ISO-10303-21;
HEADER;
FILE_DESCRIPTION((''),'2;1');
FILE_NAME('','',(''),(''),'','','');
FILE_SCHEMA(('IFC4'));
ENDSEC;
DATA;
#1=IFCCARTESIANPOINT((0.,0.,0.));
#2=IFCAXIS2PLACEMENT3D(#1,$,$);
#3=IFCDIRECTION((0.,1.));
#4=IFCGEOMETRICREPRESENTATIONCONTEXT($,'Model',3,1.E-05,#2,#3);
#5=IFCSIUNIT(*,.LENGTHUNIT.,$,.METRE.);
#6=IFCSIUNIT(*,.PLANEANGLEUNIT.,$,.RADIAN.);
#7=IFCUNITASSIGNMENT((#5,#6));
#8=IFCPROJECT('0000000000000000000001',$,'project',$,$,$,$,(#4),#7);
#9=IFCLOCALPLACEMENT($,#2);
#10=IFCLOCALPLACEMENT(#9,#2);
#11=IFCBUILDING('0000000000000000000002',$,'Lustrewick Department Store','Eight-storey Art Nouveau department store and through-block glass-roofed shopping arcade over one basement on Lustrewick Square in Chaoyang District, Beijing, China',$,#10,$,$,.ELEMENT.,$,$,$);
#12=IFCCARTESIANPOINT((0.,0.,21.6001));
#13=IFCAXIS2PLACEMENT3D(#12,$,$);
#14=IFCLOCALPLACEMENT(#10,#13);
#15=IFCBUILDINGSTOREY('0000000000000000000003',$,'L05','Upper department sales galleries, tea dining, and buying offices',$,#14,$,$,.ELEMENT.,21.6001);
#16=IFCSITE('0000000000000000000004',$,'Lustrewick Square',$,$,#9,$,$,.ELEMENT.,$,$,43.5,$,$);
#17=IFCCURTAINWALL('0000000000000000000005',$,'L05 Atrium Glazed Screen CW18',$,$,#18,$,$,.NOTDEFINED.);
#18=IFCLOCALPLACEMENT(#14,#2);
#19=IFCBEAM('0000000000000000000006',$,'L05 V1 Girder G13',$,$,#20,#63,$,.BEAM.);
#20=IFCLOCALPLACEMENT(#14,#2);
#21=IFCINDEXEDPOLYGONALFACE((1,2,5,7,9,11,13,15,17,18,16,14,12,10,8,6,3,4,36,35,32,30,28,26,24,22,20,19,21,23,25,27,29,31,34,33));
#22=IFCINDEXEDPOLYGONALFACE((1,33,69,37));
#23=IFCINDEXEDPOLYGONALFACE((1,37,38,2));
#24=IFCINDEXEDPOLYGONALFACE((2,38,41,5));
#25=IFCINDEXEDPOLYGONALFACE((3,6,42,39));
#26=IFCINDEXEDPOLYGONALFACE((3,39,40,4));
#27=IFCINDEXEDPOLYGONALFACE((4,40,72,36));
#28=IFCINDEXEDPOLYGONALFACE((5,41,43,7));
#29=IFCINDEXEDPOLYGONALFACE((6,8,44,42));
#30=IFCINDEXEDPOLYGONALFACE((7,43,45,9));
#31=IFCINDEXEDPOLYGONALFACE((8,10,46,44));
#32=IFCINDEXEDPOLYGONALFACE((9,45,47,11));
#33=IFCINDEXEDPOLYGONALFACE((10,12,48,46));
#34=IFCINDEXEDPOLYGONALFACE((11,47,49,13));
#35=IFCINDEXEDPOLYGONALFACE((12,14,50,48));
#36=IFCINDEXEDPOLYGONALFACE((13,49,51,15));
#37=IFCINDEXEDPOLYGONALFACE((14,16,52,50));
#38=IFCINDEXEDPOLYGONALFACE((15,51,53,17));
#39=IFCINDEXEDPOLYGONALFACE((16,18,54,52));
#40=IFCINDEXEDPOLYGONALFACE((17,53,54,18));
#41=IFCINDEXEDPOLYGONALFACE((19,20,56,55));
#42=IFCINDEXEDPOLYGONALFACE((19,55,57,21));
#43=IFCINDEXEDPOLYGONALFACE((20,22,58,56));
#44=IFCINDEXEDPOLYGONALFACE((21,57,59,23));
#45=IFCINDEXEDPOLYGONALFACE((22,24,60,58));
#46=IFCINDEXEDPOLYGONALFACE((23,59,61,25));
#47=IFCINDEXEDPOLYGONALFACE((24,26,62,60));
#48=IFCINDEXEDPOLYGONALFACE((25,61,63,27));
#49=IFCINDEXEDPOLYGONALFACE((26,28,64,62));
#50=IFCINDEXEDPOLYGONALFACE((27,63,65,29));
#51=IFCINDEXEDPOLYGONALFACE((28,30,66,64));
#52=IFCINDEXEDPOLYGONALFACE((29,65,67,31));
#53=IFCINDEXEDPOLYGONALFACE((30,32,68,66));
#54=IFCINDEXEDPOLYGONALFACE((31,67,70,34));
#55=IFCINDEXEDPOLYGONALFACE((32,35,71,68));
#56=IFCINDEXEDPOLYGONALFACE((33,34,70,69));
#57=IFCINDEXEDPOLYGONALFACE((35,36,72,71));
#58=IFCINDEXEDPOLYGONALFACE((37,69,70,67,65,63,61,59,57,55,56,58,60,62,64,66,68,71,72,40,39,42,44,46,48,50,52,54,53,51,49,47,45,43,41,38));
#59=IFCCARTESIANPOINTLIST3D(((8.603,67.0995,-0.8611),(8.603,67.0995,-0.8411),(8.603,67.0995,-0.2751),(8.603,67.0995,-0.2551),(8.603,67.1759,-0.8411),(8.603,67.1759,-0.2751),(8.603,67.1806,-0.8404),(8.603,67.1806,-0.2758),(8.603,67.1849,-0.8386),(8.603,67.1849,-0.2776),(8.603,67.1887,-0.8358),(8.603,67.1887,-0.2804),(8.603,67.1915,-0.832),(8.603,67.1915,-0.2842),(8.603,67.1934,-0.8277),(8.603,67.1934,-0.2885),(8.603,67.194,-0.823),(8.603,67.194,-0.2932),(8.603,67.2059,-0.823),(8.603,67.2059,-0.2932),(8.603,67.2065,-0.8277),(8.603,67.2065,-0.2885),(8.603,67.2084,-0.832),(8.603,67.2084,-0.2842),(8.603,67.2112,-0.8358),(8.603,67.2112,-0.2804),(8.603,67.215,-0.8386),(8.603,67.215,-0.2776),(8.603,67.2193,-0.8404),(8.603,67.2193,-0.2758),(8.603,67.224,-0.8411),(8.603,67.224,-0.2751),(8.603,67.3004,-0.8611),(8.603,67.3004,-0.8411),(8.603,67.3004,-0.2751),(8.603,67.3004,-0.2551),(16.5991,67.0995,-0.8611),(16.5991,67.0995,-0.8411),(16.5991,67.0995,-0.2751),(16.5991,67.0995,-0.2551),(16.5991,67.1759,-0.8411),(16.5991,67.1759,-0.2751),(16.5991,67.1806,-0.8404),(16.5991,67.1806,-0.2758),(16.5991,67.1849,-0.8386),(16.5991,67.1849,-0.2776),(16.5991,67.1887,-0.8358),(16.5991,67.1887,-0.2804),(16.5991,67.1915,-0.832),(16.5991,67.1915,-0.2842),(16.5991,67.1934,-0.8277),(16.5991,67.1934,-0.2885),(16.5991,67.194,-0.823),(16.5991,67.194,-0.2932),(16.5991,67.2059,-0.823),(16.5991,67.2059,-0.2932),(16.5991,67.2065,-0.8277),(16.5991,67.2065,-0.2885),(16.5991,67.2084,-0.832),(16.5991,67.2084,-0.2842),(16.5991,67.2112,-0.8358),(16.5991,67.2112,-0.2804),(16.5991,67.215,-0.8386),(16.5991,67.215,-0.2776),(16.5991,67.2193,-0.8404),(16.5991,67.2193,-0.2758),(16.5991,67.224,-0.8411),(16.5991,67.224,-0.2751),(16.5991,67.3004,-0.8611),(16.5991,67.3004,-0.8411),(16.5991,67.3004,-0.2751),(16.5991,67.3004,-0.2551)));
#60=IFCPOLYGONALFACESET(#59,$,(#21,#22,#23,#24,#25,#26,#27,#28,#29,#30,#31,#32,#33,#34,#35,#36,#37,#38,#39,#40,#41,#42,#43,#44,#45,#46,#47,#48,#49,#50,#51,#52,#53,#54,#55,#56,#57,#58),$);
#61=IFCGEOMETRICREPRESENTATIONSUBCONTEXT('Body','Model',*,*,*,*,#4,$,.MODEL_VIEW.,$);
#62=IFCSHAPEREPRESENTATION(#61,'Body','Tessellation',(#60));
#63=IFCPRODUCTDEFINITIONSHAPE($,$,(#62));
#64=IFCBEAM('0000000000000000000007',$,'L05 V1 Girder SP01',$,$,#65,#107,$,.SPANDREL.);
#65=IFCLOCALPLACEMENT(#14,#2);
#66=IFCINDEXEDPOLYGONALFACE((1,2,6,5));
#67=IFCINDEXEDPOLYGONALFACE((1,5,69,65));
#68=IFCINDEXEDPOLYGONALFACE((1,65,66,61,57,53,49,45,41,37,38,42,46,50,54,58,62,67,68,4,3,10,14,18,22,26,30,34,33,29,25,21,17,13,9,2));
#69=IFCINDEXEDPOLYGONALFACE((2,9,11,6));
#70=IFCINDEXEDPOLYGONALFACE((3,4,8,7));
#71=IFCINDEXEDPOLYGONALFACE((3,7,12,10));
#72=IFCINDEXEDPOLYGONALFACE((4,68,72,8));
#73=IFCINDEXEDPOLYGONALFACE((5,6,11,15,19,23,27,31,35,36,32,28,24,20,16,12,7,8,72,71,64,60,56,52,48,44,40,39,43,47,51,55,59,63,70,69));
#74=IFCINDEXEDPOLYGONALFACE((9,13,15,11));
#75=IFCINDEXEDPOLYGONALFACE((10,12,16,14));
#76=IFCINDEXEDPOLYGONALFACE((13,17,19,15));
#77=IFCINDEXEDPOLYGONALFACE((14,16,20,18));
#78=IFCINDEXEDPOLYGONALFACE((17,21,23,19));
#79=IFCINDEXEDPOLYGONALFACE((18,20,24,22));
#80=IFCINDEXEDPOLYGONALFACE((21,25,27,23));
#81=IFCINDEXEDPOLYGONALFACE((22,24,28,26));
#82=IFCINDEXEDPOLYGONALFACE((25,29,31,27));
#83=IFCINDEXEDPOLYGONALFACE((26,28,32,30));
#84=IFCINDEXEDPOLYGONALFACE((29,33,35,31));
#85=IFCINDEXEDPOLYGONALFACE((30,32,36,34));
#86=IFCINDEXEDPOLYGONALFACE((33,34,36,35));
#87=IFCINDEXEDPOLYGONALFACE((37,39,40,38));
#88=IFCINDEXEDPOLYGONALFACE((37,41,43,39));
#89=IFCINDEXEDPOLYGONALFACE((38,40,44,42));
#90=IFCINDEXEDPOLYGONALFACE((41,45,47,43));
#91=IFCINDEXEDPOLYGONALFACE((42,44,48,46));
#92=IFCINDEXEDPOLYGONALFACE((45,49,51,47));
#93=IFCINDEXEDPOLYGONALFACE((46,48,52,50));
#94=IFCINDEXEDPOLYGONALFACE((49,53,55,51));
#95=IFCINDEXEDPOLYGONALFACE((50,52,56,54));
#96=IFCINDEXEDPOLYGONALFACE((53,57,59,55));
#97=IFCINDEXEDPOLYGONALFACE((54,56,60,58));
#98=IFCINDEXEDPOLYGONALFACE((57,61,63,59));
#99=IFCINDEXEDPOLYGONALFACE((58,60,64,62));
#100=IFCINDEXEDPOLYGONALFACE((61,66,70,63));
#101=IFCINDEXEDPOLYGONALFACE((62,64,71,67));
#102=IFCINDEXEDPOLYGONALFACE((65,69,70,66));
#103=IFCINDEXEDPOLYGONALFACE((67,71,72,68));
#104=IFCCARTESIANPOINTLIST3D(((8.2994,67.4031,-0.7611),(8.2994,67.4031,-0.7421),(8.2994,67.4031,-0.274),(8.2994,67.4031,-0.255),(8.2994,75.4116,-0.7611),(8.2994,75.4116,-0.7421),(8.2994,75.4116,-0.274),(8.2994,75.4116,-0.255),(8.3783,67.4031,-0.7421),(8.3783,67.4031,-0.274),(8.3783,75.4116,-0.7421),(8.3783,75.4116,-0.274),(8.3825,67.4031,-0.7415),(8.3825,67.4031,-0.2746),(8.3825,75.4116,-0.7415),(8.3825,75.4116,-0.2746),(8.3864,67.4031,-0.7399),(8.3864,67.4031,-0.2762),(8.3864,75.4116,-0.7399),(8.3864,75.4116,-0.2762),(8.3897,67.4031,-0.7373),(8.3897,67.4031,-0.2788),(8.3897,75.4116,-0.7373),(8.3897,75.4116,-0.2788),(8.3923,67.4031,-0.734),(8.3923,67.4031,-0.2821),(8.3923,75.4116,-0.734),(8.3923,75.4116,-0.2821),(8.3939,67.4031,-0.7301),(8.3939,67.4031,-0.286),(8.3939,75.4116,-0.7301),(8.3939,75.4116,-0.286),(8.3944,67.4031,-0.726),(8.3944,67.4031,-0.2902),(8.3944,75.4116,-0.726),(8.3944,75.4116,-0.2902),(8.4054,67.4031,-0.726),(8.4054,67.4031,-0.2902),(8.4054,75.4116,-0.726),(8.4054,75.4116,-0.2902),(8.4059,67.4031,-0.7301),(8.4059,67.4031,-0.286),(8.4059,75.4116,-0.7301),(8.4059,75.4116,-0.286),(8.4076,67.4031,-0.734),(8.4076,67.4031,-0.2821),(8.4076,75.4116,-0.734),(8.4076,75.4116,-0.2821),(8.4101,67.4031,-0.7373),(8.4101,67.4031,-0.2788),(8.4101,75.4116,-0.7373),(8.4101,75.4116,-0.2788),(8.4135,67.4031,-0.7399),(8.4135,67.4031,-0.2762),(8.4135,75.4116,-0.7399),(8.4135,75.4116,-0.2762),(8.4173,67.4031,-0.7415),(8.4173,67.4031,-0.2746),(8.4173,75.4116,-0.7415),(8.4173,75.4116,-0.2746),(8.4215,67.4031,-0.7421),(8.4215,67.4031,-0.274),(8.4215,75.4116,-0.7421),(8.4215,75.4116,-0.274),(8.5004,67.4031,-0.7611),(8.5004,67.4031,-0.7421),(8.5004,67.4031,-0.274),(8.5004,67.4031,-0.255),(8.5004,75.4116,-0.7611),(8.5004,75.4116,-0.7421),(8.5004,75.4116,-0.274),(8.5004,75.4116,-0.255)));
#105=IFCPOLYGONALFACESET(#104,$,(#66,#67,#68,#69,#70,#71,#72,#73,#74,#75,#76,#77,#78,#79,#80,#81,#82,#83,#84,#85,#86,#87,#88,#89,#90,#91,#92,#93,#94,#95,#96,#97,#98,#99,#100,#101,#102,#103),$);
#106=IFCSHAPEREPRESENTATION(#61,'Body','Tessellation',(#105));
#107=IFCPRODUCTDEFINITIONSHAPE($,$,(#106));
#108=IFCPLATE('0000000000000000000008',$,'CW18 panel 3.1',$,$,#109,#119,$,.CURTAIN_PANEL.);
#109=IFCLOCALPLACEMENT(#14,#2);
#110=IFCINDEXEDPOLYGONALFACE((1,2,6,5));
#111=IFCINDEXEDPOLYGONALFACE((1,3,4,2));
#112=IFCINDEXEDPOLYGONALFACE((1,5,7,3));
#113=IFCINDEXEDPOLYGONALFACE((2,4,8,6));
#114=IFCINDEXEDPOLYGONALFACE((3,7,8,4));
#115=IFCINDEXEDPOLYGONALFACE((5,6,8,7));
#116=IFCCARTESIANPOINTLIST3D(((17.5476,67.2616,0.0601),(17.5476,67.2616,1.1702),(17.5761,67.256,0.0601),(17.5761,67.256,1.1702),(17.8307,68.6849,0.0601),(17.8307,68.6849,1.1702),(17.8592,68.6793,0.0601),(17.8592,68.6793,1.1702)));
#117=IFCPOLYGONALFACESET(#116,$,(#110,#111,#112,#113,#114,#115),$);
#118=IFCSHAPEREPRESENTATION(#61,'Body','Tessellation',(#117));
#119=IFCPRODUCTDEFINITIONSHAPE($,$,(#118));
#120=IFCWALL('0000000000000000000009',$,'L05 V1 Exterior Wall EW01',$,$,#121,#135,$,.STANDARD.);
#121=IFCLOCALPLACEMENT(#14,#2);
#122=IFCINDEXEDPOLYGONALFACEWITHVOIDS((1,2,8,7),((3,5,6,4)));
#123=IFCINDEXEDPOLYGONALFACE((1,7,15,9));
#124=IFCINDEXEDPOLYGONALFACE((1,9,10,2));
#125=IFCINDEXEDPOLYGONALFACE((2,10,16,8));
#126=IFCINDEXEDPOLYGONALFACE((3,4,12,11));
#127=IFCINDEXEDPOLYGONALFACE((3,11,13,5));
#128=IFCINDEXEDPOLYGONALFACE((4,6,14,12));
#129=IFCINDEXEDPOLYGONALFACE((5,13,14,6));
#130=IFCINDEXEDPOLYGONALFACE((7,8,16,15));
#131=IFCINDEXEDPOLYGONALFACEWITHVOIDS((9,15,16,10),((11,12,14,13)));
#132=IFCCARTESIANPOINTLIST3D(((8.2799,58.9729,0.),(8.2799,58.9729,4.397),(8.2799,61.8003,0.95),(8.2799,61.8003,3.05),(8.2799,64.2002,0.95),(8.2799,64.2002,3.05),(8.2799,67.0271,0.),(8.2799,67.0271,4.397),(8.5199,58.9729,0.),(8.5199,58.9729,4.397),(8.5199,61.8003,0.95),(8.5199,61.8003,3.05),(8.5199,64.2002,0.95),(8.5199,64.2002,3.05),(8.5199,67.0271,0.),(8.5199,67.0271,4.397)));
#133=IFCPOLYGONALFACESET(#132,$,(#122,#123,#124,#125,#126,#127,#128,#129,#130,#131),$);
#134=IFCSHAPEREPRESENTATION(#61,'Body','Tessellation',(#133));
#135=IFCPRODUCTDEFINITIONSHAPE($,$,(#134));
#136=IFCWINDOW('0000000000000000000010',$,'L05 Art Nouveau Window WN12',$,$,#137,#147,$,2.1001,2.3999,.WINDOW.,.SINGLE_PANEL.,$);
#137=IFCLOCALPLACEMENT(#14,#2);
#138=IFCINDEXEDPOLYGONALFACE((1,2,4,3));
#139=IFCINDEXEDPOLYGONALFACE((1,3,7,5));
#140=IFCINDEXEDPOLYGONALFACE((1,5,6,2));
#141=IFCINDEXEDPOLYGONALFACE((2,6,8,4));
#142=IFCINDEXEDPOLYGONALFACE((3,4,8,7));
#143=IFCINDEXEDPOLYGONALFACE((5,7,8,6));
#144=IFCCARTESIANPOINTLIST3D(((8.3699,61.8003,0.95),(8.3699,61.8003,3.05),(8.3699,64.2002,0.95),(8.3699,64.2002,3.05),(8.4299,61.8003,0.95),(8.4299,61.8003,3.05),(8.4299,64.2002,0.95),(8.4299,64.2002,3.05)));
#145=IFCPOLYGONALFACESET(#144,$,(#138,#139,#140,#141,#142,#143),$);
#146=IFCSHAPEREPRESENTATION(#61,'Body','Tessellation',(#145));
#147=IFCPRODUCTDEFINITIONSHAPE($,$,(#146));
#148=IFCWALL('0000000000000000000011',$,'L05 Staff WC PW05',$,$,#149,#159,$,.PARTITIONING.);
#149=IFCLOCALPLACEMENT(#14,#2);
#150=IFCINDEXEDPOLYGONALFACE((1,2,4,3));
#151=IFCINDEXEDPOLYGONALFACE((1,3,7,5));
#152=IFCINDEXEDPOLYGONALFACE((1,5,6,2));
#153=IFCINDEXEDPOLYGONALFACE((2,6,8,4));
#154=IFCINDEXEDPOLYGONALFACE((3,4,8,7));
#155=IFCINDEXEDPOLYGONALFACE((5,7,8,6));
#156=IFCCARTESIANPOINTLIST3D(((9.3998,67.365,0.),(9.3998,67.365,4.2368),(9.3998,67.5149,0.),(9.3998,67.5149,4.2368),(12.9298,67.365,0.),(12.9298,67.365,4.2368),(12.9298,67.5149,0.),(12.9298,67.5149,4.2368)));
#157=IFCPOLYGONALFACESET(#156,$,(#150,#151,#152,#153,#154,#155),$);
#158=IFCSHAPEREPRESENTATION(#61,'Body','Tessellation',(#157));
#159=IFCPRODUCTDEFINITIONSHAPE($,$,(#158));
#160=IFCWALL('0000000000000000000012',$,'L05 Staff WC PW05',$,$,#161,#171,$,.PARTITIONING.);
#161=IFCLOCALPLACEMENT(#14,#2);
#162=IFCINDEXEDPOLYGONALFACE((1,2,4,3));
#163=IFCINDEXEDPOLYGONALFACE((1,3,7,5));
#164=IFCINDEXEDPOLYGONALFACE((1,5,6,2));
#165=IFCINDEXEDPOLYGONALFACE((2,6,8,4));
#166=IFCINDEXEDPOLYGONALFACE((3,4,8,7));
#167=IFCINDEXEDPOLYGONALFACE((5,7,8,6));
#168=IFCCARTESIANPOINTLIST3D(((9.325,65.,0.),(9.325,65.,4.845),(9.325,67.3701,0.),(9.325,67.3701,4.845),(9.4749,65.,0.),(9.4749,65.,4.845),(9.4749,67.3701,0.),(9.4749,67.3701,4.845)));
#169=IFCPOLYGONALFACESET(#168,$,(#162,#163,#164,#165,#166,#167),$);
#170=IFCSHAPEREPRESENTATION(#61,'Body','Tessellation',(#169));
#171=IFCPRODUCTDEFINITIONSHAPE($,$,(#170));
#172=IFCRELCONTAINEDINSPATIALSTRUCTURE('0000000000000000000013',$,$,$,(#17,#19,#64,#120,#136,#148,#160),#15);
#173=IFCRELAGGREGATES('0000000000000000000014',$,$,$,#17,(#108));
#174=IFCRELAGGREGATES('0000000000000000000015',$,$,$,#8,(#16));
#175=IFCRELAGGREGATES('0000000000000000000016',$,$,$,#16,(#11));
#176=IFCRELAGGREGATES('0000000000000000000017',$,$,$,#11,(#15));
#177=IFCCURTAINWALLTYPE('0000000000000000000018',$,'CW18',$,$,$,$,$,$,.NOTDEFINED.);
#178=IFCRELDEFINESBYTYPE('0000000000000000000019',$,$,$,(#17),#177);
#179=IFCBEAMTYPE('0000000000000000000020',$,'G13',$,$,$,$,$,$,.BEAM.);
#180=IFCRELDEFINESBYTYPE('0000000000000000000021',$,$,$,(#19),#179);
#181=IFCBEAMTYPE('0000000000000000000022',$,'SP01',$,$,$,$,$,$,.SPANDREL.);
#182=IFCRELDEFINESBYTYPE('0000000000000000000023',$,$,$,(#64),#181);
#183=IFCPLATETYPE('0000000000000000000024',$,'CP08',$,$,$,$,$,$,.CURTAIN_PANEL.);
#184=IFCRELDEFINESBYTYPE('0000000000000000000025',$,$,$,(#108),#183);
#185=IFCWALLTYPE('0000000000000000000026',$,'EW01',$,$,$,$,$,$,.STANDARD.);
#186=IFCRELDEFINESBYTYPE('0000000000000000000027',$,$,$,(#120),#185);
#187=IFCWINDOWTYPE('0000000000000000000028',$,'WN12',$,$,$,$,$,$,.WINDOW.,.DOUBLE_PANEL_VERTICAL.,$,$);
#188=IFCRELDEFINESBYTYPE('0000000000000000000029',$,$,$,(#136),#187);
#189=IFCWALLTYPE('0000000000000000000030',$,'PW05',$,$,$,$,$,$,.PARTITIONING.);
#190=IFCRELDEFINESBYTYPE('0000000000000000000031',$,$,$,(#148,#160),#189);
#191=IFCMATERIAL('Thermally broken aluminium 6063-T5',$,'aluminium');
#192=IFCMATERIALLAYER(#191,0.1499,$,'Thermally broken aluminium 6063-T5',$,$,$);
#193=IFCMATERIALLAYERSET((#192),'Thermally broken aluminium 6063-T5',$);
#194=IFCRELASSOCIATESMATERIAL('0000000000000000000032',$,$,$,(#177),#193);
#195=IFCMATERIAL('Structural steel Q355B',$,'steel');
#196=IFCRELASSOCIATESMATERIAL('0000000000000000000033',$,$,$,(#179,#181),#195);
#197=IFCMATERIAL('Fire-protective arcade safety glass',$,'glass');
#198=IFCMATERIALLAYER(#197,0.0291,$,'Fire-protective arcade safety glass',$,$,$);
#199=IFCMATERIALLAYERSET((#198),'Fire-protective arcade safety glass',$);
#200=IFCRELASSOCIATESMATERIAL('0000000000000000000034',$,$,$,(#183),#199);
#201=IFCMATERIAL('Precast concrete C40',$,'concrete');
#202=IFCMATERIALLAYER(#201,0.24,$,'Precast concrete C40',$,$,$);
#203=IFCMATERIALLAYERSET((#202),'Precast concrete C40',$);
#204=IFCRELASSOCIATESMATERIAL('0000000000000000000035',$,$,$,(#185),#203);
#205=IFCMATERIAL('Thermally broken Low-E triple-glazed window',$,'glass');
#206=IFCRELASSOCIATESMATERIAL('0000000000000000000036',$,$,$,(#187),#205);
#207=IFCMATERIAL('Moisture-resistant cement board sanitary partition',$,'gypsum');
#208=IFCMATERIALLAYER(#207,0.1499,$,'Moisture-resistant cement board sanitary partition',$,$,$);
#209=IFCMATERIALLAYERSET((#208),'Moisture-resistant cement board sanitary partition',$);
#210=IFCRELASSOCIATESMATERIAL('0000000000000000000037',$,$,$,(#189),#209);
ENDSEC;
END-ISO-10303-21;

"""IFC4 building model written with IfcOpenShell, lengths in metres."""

from ifc_helpers import new_model, si_unit, direction, frame, frame_2d, origin, origin_2d, place, context, subcontext, project, spatial, rectangle, i_section, extrude, material, layer, layer_set, material_profile, profile_set, type_object, element, fill, aggregate, save


model = new_model("IFC4")

# Units and contexts
model_context = context("Model", 3, precision=1e-05, world=origin(), true_north=direction((0.0, 1.0)))
body_context = subcontext(model_context, "Body", "Model", "MODEL_VIEW")
ifc_project = project(units=[si_unit("LENGTHUNIT", "METRE"), si_unit("PLANEANGLEUNIT", "RADIAN")], contexts=[model_context])

# Site, building, storey
site_placement = place(None, origin())
site = spatial("IfcSite", under=ifc_project, at=site_placement, Name="Lustrewick Square", CompositionType="ELEMENT", RefElevation=43.5)
building_placement = place(site_placement, origin())
building = spatial("IfcBuilding", under=site, at=building_placement, Name="Lustrewick Department Store", Description="Eight-storey Art Nouveau department store and through-block glass-roofed shopping arcade over one basement on Lustrewick Square in Chaoyang District, Beijing, China", CompositionType="ELEMENT")
storey_placement = place(building_placement, frame((0.0, 0.0, 21.6001)))
storey = spatial("IfcBuildingStorey", under=building, at=storey_placement, Name="L05", Description="Upper department sales galleries, tea dining, and buying offices", CompositionType="ELEMENT", Elevation=21.6001)

# Shared definitions
ifc_material_1 = material(Name="Structural steel Q355B", Category="steel")

# Shared definitions
ifc_material_2 = material(Name="Thermally broken aluminium 6063-T5", Category="aluminium")

# Curtain wall
ifc_layer_1 = layer(ifc_material_2, 0.1499, Name="Thermally broken aluminium 6063-T5")
ifc_layer_set_1 = layer_set([ifc_layer_1], Name="Thermally broken aluminium 6063-T5")
curtain_wall_type_1 = type_object("IfcCurtainWallType", Name="CW18", PredefinedType="NOTDEFINED", material=ifc_layer_set_1)
curtain_wall_1_placement = place(storey_placement, origin())
curtain_wall_1 = element("IfcCurtainWall", 1, at=curtain_wall_1_placement, inside=storey, type_object=curtain_wall_type_1, Name="L05 Atrium Glazed Screen CW18", PredefinedType="NOTDEFINED")

# Beams
ifc_material_profile_1 = material_profile(ifc_material_1, i_section(OverallWidth=0.2009, OverallDepth=0.606, WebThickness=0.012, FlangeThickness=0.02, FilletRadius=0.0181, at=origin_2d()), Name="HN 606x201x12x20")
ifc_profile_set_1 = profile_set([ifc_material_profile_1], Name="Structural steel Q355B")
beam_type_1 = type_object("IfcBeamType", Name="G13", PredefinedType="BEAM", material=ifc_profile_set_1)
beam_1_placement = place(storey_placement, frame((8.603, 67.2, -0.5581), z_axis=(1.0, 0.0, 0.0), x_axis=(0.0, 1.0, 0.0)))
element("IfcBeam", 2, at=beam_1_placement, inside=storey, type_object=beam_type_1, Name="L05 V1 Girder G13", PredefinedType="BEAM", context=body_context, shape_type="SweptSolid", body=[
    extrude(i_section(OverallWidth=0.2009, OverallDepth=0.606, WebThickness=0.012, FlangeThickness=0.02, FilletRadius=0.0181, at=origin_2d()), origin(), (0.0, 0.0, 1.0), 7.9961),
])
ifc_material_profile_2 = material_profile(ifc_material_1, i_section(OverallWidth=0.2009, OverallDepth=0.5061, WebThickness=0.011, FlangeThickness=0.019, FilletRadius=0.0161, at=origin_2d()), Name="HN 506x201x11x19")
ifc_profile_set_2 = profile_set([ifc_material_profile_2], Name="Structural steel Q355B")
beam_type_2 = type_object("IfcBeamType", Name="SP01", PredefinedType="SPANDREL", material=ifc_profile_set_2)
beam_2_placement = place(storey_placement, frame((8.3999, 67.4031, -0.5081), z_axis=(0.0, 1.0, 0.0), x_axis=(-1.0, 0.0, 0.0)))
element("IfcBeam", 3, at=beam_2_placement, inside=storey, type_object=beam_type_2, Name="L05 V1 Girder SP01", PredefinedType="SPANDREL", context=body_context, shape_type="SweptSolid", body=[
    extrude(i_section(OverallWidth=0.2009, OverallDepth=0.5061, WebThickness=0.011, FlangeThickness=0.019, FilletRadius=0.0161, at=origin_2d()), origin(), (0.0, 0.0, 1.0), 8.0085),
])

# Plate
ifc_material_3 = material(Name="Fire-protective arcade safety glass", Category="glass")
ifc_layer_2 = layer(ifc_material_3, 0.0291, Name="Fire-protective arcade safety glass")
ifc_layer_set_2 = layer_set([ifc_layer_2], Name="Fire-protective arcade safety glass")
plate_type = type_object("IfcPlateType", Name="CP08", PredefinedType="CURTAIN_PANEL", material=ifc_layer_set_2)
plate_placement = place(storey_placement, frame((17.7034, 67.9705, 0.0601), z_axis=(0.0, 0.0, 1.0), x_axis=(-0.195085, -0.980786, 0.0)))
plate = element("IfcPlate", 4, at=plate_placement, type_object=plate_type, Name="CW18 panel 3.1", PredefinedType="CURTAIN_PANEL", context=body_context, shape_type="SweptSolid", body=[
    extrude(rectangle(XDim=1.4512, YDim=0.0291, at=origin_2d()), origin(), (0.0, 0.0, 1.0), 1.1101),
])
aggregate(curtain_wall_1, [plate])

# Wall, opening, window
ifc_material_4 = material(Name="Precast concrete C40", Category="concrete")
ifc_layer_3 = layer(ifc_material_4, 0.24, Name="Precast concrete C40")
ifc_layer_set_3 = layer_set([ifc_layer_3], Name="Precast concrete C40")
wall_type_1 = type_object("IfcWallType", Name="EW01", PredefinedType="STANDARD", material=ifc_layer_set_3)
wall_1_placement = place(storey_placement, frame((8.3999, 67.0271, 0.0), z_axis=(0.0, 0.0, 1.0), x_axis=(0.0, -1.0, 0.0)))
wall_1 = element("IfcWall", 5, at=wall_1_placement, inside=storey, type_object=wall_type_1, Name="L05 V1 Exterior Wall EW01", PredefinedType="STANDARD", context=body_context, shape_type="SweptSolid", body=[
    extrude(rectangle(XDim=8.0542, YDim=0.24, at=frame_2d((4.0271, 0.0))), origin(), (0.0, 0.0, 1.0), 4.397),
])
opening_1_placement = place(wall_1_placement, frame((2.8269, 0.0, 0.95)))
opening_1 = element("IfcOpeningElement", 6, at=opening_1_placement, cuts=wall_1, PredefinedType="OPENING", context=body_context, shape_type="SweptSolid", body=[
    extrude(rectangle(XDim=2.3999, YDim=2.1001, at=frame_2d((1.2, 1.05))), frame((0.0, 0.1299, 0.0), z_axis=(0.0, -1.0, 0.0), x_axis=(1.0, 0.0, 0.0)), (0.0, 0.0, 1.0), 0.26),
])
ifc_material_5 = material(Name="Thermally broken Low-E triple-glazed window", Category="glass")
window_type = type_object("IfcWindowType", Name="WN12", PartitioningType="DOUBLE_PANEL_VERTICAL", PredefinedType="WINDOW", material=ifc_material_5)
window_placement = place(opening_1_placement, origin())
window = element("IfcWindow", 7, at=window_placement, inside=storey, type_object=window_type, Name="L05 Art Nouveau Window WN12", OverallHeight=2.1001, OverallWidth=2.3999, PartitioningType="SINGLE_PANEL", PredefinedType="WINDOW", context=body_context, shape_type="SweptSolid", body=[
    extrude(rectangle(XDim=2.3999, YDim=2.1001, at=frame_2d((1.2, 1.05))), frame((0.0, 0.03, 0.0), z_axis=(0.0, -1.0, 0.0), x_axis=(1.0, 0.0, 0.0)), (0.0, 0.0, 1.0), 0.0601),
])
fill(opening_1, window)

# Walls
ifc_material_6 = material(Name="Moisture-resistant cement board sanitary partition", Category="gypsum")
ifc_layer_4 = layer(ifc_material_6, 0.1499, Name="Moisture-resistant cement board sanitary partition")
ifc_layer_set_4 = layer_set([ifc_layer_4], Name="Moisture-resistant cement board sanitary partition")
wall_type_2 = type_object("IfcWallType", Name="PW05", PredefinedType="PARTITIONING", material=ifc_layer_set_4)
wall_2_placement = place(storey_placement, frame((12.9299, 67.4399, 0.0), z_axis=(0.0, 0.0, 1.0), x_axis=(-1.0, 0.0, 0.0)))
element("IfcWall", 8, at=wall_2_placement, inside=storey, type_object=wall_type_2, Name="L05 Staff WC PW05", PredefinedType="PARTITIONING", context=body_context, shape_type="SweptSolid", body=[
    extrude(rectangle(XDim=3.53, YDim=0.1499, at=frame_2d((1.7651, 0.0))), origin(), (0.0, 0.0, 1.0), 4.2368),
])
wall_3_placement = place(storey_placement, frame((9.3999, 67.3701, 0.0), z_axis=(0.0, 0.0, 1.0), x_axis=(0.0, -1.0, 0.0)))
element("IfcWall", 9, at=wall_3_placement, inside=storey, type_object=wall_type_2, Name="L05 Staff WC PW05", PredefinedType="PARTITIONING", context=body_context, shape_type="SweptSolid", body=[
    extrude(rectangle(XDim=2.3701, YDim=0.1499, at=frame_2d((1.1851, 0.0))), origin(), (0.0, 0.0, 1.0), 4.845),
])

save(model, "model.ifc")
